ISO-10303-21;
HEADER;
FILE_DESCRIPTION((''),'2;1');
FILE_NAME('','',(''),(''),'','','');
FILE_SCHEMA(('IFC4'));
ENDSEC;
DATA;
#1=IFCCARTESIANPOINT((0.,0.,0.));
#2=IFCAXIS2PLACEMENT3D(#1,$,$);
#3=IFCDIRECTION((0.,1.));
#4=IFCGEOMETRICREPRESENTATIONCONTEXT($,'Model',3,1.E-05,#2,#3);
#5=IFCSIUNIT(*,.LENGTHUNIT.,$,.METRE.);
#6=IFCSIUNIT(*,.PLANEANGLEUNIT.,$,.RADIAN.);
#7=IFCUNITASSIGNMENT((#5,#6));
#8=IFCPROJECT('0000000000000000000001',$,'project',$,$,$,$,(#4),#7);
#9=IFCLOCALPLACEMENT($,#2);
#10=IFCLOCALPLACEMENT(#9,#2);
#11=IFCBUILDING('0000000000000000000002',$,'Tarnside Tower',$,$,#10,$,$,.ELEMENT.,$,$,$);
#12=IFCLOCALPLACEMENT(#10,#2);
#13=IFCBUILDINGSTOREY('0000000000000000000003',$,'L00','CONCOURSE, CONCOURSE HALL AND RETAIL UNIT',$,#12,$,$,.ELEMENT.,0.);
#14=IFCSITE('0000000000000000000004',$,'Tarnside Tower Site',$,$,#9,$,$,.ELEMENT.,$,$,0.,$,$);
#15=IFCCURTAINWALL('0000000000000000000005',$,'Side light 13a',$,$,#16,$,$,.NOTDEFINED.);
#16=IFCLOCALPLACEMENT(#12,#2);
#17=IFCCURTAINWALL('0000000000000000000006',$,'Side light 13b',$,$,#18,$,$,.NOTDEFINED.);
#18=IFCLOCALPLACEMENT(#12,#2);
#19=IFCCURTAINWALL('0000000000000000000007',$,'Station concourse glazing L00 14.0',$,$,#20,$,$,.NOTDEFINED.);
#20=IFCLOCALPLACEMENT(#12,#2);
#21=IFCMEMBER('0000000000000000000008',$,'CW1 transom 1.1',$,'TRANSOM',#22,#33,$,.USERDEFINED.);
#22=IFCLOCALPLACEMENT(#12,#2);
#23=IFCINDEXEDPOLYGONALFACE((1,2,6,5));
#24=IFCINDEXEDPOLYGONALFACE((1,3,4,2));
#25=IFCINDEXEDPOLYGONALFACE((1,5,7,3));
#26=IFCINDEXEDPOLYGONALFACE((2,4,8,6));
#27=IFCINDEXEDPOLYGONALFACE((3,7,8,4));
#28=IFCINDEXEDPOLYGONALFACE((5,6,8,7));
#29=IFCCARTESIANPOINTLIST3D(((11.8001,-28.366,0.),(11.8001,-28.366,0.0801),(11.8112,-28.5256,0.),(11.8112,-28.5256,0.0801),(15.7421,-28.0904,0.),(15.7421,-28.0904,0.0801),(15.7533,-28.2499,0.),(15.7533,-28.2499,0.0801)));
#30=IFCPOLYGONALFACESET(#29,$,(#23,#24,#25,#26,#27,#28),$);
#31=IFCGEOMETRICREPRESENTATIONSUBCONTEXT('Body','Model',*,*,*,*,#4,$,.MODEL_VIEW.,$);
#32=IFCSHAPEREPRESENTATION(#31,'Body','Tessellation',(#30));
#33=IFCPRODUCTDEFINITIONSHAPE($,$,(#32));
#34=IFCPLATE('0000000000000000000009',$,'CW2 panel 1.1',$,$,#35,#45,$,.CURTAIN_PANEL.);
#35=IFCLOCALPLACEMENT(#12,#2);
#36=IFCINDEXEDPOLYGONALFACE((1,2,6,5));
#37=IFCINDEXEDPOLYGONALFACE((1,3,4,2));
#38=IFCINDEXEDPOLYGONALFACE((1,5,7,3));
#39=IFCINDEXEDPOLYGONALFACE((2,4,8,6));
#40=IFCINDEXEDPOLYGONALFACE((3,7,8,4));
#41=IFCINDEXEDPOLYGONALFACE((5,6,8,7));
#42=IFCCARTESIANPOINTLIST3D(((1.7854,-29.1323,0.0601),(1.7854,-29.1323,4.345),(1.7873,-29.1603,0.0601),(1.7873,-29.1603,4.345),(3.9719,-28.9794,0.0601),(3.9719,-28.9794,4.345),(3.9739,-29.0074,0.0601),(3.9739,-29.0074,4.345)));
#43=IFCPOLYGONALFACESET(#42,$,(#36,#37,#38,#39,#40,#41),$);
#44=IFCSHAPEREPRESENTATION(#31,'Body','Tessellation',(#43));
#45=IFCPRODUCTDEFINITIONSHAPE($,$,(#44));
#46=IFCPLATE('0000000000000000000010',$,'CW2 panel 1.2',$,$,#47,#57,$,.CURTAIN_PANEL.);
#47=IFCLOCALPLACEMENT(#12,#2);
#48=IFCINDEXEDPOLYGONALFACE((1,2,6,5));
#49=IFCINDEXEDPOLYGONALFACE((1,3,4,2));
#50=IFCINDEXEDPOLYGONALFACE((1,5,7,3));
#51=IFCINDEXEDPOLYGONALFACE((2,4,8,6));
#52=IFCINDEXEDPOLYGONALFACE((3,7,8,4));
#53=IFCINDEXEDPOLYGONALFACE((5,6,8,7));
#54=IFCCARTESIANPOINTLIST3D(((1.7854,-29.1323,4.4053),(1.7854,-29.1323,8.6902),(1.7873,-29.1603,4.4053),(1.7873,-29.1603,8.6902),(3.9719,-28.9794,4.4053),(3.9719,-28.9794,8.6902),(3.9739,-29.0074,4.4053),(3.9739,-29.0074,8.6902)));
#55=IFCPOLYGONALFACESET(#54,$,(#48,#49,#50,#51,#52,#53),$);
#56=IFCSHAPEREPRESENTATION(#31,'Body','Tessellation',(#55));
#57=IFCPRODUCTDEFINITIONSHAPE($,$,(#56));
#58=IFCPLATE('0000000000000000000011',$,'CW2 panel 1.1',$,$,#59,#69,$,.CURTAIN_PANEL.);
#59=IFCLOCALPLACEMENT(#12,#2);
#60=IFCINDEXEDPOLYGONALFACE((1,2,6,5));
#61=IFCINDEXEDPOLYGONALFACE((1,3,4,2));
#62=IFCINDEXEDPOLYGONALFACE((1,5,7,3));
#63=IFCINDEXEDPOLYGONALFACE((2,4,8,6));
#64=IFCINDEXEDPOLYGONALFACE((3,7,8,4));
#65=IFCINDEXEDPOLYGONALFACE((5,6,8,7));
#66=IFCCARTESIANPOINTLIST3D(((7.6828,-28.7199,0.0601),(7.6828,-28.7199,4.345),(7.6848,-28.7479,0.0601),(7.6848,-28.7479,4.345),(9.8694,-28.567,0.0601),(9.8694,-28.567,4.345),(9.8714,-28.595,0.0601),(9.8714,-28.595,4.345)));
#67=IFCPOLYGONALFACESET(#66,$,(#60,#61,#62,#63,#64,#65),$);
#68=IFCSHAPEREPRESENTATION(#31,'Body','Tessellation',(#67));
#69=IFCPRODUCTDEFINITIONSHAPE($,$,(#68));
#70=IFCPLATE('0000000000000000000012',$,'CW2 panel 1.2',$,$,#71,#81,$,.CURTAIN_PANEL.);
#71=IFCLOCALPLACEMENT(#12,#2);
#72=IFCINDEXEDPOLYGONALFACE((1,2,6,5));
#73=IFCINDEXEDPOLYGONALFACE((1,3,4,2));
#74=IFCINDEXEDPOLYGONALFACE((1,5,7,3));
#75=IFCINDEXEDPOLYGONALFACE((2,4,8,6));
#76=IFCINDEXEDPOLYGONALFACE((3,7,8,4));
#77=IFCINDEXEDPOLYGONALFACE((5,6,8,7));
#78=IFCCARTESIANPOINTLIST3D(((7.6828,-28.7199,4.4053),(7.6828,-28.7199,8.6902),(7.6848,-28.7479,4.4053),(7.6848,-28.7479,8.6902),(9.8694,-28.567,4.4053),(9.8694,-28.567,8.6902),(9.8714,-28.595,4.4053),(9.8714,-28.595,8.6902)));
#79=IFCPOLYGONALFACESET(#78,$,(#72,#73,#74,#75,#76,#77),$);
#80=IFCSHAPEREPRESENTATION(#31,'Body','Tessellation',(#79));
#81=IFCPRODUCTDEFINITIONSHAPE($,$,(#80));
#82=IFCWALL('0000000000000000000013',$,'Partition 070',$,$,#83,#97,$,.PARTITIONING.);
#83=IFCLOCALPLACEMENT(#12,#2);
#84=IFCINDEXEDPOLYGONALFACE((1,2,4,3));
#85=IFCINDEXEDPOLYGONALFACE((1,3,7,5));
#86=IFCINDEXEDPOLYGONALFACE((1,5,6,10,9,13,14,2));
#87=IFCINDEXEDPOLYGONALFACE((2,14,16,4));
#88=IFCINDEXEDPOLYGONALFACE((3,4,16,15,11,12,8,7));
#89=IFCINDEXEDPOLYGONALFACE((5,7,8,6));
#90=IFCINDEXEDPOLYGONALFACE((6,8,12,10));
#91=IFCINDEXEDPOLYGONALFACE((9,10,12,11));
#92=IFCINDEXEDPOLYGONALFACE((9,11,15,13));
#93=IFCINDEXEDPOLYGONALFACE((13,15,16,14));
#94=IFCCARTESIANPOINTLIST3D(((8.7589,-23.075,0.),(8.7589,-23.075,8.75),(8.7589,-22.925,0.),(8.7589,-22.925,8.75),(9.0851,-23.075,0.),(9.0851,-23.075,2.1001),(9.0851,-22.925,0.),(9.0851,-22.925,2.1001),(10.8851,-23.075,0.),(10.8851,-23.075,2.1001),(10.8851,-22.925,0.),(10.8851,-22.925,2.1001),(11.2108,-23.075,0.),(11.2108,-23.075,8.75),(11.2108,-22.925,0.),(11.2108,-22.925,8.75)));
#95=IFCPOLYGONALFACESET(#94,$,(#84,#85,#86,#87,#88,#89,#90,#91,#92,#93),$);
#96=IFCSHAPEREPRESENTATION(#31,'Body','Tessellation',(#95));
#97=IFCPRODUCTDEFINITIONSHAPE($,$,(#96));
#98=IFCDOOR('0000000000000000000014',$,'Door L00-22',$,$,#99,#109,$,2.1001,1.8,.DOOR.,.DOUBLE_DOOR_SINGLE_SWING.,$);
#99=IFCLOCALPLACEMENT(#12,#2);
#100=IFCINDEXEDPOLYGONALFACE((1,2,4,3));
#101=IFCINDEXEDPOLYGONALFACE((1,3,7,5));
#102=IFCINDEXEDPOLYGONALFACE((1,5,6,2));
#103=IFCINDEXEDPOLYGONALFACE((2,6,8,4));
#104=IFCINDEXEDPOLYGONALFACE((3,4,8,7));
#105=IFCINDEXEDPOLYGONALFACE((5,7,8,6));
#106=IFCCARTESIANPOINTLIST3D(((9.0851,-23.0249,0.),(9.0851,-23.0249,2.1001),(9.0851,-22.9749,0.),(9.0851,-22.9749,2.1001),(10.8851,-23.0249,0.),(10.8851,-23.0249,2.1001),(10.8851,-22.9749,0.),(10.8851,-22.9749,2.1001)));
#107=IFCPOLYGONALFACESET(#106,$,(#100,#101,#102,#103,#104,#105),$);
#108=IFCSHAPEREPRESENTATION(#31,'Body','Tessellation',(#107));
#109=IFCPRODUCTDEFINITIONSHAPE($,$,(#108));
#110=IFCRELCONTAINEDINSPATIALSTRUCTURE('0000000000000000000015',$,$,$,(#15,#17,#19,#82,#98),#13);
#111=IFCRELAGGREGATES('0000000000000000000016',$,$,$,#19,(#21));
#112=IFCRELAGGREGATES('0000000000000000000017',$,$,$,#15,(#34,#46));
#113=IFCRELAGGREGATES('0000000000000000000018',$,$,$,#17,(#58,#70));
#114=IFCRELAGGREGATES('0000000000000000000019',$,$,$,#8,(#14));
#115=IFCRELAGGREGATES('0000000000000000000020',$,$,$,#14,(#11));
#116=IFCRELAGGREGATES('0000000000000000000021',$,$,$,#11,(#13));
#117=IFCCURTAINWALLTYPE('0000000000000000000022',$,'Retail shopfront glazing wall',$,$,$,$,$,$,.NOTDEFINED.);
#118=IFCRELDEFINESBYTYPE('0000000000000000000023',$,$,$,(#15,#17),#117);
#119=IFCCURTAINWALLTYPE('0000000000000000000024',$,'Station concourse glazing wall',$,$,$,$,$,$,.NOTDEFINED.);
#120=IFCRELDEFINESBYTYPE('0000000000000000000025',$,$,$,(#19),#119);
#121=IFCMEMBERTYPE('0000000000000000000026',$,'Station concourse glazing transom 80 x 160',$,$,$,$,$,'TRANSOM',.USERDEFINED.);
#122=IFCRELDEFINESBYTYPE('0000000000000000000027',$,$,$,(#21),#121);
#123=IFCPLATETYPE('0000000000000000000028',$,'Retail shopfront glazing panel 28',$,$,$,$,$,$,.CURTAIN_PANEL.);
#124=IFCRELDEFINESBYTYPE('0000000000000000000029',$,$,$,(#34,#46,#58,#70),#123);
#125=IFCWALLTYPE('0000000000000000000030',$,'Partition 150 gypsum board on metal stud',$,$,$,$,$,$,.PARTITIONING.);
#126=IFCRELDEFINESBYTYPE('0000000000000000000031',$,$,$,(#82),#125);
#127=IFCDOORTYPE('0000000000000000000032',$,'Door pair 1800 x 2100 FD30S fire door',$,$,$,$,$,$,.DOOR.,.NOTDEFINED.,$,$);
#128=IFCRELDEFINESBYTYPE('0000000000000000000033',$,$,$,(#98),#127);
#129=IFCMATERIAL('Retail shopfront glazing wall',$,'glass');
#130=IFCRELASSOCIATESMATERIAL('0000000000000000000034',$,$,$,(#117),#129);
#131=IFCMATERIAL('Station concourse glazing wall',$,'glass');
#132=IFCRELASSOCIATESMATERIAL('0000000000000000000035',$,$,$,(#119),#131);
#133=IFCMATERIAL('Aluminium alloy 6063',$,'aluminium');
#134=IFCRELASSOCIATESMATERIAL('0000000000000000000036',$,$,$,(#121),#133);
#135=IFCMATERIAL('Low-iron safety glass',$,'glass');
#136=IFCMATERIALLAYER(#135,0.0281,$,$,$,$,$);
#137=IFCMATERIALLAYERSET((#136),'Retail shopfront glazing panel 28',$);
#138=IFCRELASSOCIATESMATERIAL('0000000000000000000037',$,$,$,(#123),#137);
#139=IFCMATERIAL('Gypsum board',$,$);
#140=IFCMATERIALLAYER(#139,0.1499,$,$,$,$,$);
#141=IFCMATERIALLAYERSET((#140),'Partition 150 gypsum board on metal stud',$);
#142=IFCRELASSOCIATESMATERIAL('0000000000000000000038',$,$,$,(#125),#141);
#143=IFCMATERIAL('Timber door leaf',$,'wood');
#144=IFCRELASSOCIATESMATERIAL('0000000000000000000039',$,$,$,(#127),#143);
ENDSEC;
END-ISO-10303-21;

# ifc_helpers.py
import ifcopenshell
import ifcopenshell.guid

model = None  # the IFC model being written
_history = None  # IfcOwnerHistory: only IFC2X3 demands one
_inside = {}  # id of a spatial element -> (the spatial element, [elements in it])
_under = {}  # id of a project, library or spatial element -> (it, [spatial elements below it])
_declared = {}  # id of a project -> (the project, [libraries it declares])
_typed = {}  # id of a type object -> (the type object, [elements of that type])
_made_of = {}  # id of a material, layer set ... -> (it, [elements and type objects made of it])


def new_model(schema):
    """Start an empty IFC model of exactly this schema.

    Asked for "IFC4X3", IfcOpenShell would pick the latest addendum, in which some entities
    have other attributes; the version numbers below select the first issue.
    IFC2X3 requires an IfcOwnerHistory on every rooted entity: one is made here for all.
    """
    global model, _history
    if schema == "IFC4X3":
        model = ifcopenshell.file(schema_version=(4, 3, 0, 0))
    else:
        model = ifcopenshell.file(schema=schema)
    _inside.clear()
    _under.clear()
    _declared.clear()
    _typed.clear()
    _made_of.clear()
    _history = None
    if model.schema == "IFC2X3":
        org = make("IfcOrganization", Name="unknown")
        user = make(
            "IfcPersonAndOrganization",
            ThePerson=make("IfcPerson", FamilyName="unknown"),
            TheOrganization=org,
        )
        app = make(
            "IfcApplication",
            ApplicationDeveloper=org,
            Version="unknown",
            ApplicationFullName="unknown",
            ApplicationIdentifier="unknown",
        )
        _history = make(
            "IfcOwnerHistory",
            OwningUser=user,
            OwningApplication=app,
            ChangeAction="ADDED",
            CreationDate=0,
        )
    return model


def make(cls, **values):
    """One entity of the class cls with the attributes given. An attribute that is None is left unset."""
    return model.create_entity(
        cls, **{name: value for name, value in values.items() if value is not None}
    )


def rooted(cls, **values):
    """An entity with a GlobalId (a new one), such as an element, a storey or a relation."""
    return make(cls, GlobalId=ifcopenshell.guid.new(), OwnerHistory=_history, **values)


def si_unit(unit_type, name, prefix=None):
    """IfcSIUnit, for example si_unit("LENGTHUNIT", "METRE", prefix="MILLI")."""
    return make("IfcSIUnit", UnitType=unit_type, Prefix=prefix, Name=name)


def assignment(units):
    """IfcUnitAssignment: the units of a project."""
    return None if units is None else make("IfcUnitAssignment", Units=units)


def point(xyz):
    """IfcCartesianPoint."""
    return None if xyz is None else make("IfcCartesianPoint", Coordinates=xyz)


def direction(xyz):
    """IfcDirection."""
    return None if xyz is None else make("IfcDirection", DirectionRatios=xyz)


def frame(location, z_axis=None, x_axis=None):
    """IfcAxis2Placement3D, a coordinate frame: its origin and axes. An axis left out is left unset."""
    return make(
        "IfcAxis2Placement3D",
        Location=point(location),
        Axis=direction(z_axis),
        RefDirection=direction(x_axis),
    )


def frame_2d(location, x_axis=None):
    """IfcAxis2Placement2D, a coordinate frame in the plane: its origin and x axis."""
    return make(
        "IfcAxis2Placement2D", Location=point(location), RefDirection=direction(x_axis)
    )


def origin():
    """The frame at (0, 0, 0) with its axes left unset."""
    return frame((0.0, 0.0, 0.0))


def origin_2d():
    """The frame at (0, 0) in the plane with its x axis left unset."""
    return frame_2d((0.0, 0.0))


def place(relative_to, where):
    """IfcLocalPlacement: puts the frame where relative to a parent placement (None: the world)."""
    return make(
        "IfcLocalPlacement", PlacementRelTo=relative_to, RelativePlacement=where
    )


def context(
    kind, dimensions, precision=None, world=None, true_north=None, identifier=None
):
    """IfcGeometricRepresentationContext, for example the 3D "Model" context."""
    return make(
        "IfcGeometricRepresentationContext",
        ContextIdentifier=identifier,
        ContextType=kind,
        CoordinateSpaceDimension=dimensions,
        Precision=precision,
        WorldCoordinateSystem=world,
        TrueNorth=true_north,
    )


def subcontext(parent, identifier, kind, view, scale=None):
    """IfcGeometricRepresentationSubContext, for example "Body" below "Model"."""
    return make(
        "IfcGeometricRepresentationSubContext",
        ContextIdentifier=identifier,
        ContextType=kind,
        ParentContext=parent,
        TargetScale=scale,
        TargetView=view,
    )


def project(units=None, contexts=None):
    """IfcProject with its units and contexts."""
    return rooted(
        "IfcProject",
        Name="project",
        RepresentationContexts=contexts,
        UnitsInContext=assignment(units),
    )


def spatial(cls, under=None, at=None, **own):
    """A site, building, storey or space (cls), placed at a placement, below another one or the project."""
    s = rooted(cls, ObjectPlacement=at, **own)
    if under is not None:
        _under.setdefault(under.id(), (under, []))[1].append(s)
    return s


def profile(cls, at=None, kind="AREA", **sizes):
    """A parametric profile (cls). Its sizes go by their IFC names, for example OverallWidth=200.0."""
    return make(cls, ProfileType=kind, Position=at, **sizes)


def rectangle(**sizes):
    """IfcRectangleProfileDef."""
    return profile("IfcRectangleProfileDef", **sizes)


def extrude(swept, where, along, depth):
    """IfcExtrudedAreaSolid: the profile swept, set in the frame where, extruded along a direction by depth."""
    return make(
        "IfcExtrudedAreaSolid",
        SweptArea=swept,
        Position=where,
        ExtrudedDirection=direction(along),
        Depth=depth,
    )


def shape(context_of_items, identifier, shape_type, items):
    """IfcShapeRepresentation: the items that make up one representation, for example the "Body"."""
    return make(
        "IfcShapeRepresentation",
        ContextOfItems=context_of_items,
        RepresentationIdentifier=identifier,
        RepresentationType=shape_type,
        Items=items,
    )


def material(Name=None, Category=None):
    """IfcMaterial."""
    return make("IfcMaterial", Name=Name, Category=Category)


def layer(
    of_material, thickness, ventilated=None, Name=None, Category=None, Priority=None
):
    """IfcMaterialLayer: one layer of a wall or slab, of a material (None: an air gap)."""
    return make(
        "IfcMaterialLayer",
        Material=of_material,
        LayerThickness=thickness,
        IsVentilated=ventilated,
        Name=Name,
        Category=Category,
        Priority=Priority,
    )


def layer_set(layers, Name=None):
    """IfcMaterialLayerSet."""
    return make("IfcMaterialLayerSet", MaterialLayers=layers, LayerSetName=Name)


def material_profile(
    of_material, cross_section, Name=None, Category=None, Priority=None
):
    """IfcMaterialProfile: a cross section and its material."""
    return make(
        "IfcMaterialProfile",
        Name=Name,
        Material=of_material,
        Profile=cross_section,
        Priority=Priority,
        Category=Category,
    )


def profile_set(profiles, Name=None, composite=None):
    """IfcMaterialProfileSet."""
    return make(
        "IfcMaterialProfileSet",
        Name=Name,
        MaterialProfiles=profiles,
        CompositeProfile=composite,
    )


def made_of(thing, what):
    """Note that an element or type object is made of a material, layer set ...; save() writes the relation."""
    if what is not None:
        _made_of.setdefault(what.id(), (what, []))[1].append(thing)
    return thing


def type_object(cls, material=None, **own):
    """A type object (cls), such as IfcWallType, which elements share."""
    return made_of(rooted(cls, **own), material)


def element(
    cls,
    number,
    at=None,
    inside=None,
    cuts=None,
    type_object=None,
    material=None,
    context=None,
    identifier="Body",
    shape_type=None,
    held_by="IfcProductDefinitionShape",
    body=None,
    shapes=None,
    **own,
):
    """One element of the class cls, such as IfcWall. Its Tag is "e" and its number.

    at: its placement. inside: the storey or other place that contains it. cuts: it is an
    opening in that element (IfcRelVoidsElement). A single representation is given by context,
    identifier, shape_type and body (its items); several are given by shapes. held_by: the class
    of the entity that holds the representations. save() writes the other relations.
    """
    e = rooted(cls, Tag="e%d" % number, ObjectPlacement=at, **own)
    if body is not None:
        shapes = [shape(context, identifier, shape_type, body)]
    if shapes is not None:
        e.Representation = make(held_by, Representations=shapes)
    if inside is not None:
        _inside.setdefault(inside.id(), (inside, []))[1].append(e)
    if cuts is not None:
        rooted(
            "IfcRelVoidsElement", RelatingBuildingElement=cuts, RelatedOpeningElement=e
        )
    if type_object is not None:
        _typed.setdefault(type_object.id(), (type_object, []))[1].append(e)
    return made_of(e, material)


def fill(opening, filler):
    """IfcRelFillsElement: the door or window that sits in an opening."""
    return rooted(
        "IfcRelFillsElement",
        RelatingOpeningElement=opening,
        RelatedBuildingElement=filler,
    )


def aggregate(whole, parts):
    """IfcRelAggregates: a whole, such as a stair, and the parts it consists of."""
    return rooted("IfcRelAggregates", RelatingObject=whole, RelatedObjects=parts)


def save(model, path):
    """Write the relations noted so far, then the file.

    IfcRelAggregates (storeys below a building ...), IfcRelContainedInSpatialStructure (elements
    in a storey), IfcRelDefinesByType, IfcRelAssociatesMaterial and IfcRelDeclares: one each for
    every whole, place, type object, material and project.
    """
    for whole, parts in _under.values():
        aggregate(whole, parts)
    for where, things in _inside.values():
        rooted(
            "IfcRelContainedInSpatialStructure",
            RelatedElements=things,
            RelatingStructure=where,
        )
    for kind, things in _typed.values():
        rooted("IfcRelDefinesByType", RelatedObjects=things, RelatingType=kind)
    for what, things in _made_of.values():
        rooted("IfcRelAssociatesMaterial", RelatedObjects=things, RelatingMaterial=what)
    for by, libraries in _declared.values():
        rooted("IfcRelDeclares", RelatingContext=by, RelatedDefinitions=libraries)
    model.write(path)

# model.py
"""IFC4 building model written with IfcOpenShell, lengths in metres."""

from ifc_helpers import new_model, si_unit, direction, frame, frame_2d, origin, origin_2d, place, context, subcontext, project, spatial, rectangle, extrude, material, layer, layer_set, material_profile, profile_set, type_object, element, fill, aggregate, save


model = new_model("IFC4")

# Units and contexts
model_context = context("Model", 3, precision=1e-05, world=origin(), true_north=direction((0.0, 1.0)))
body_context = subcontext(model_context, "Body", "Model", "MODEL_VIEW")
ifc_project = project(units=[si_unit("LENGTHUNIT", "METRE"), si_unit("PLANEANGLEUNIT", "RADIAN")], contexts=[model_context])

# Site, building, storey
site_placement = place(None, origin())
site = spatial("IfcSite", under=ifc_project, at=site_placement, Name="Tarnside Tower Site", CompositionType="ELEMENT", RefElevation=0.0)
building_placement = place(site_placement, origin())
building = spatial("IfcBuilding", under=site, at=building_placement, Name="Tarnside Tower", CompositionType="ELEMENT")
storey_placement = place(building_placement, origin())
storey = spatial("IfcBuildingStorey", under=building, at=storey_placement, Name="L00", Description="CONCOURSE, CONCOURSE HALL AND RETAIL UNIT", CompositionType="ELEMENT", Elevation=0.0)

# Curtain walls, member
ifc_material_1 = material(Name="Retail shopfront glazing wall", Category="glass")
curtain_wall_type_1 = type_object("IfcCurtainWallType", Name="Retail shopfront glazing wall", PredefinedType="NOTDEFINED", material=ifc_material_1)
curtain_wall_1_placement = place(storey_placement, origin())
curtain_wall_1 = element("IfcCurtainWall", 1, at=curtain_wall_1_placement, inside=storey, type_object=curtain_wall_type_1, Name="Side light 13a", PredefinedType="NOTDEFINED")
ifc_material_2 = material(Name="Aluminium alloy 6063", Category="aluminium")
curtain_wall_2_placement = place(storey_placement, origin())
curtain_wall_2 = element("IfcCurtainWall", 2, at=curtain_wall_2_placement, inside=storey, type_object=curtain_wall_type_1, Name="Side light 13b", PredefinedType="NOTDEFINED")
ifc_material_3 = material(Name="Station concourse glazing wall", Category="glass")
curtain_wall_type_2 = type_object("IfcCurtainWallType", Name="Station concourse glazing wall", PredefinedType="NOTDEFINED", material=ifc_material_3)
curtain_wall_3_placement = place(storey_placement, origin())
curtain_wall_3 = element("IfcCurtainWall", 3, at=curtain_wall_3_placement, inside=storey, type_object=curtain_wall_type_2, Name="Station concourse glazing L00 14.0", PredefinedType="NOTDEFINED")
ifc_material_profile_1 = material_profile(ifc_material_2, rectangle(XDim=0.1599, YDim=0.0801, at=origin_2d()), Name="Station concourse glazing transom 80 x 160")
ifc_profile_set_1 = profile_set([ifc_material_profile_1], Name="Aluminium alloy 6063")
member_type_1 = type_object("IfcMemberType", Name="Station concourse glazing transom 80 x 160", ElementType="TRANSOM", PredefinedType="USERDEFINED", material=ifc_profile_set_1)
member_1_placement = place(storey_placement, frame((11.8057, -28.4458, 0.04), z_axis=(0.997565, 0.06975, 0.0), x_axis=(-0.06975, 0.997565, 0.0)))
member_1 = element("IfcMember", 4, at=member_1_placement, type_object=member_type_1, Name="CW1 transom 1.1", ObjectType="TRANSOM", PredefinedType="USERDEFINED", context=body_context, shape_type="SweptSolid", body=[
    extrude(rectangle(XDim=0.1599, YDim=0.0801, at=origin_2d()), origin(), (0.0, 0.0, 1.0), 3.9517),
])
aggregate(curtain_wall_3, [member_1])

# Plates
ifc_material_4 = material(Name="Low-iron safety glass", Category="glass")
ifc_layer_1 = layer(ifc_material_4, 0.0281)
ifc_layer_set_1 = layer_set([ifc_layer_1], Name="Retail shopfront glazing panel 28")
plate_type = type_object("IfcPlateType", Name="Retail shopfront glazing panel 28", PredefinedType="CURTAIN_PANEL", material=ifc_layer_set_1)
plate_1_placement = place(storey_placement, frame((2.8796, -29.0698, 0.0601), z_axis=(0.0, 0.0, 1.0), x_axis=(0.997564, 0.069756, 0.0)))
plate_1 = element("IfcPlate", 5, at=plate_1_placement, type_object=plate_type, Name="CW2 panel 1.1", PredefinedType="CURTAIN_PANEL", context=body_context, shape_type="SweptSolid", body=[
    extrude(rectangle(XDim=2.1919, YDim=0.0281, at=origin_2d()), origin(), (0.0, 0.0, 1.0), 4.2849),
])
plate_2_placement = place(storey_placement, frame((2.8796, -29.0698, 4.4053), z_axis=(0.0, 0.0, 1.0), x_axis=(0.997564, 0.069756, 0.0)))
plate_2 = element("IfcPlate", 6, at=plate_2_placement, type_object=plate_type, Name="CW2 panel 1.2", PredefinedType="CURTAIN_PANEL", context=body_context, shape_type="SweptSolid", body=[
    extrude(rectangle(XDim=2.1919, YDim=0.0281, at=origin_2d()), origin(), (0.0, 0.0, 1.0), 4.2849),
])
aggregate(curtain_wall_1, [plate_1, plate_2])
plate_3_placement = place(storey_placement, frame((8.7771, -28.6575, 0.0601), z_axis=(0.0, 0.0, 1.0), x_axis=(0.997564, 0.069756, 0.0)))
plate_3 = element("IfcPlate", 7, at=plate_3_placement, type_object=plate_type, Name="CW2 panel 1.1", PredefinedType="CURTAIN_PANEL", context=body_context, shape_type="SweptSolid", body=[
    extrude(rectangle(XDim=2.1919, YDim=0.0281, at=origin_2d()), origin(), (0.0, 0.0, 1.0), 4.2849),
])
plate_4_placement = place(storey_placement, frame((8.7771, -28.6575, 4.4053), z_axis=(0.0, 0.0, 1.0), x_axis=(0.997564, 0.069756, 0.0)))
plate_4 = element("IfcPlate", 8, at=plate_4_placement, type_object=plate_type, Name="CW2 panel 1.2", PredefinedType="CURTAIN_PANEL", context=body_context, shape_type="SweptSolid", body=[
    extrude(rectangle(XDim=2.1919, YDim=0.0281, at=origin_2d()), origin(), (0.0, 0.0, 1.0), 4.2849),
])
aggregate(curtain_wall_2, [plate_3, plate_4])

# Wall, opening, door
ifc_material_5 = material(Name="Gypsum board")
ifc_layer_2 = layer(ifc_material_5, 0.1499)
ifc_layer_set_2 = layer_set([ifc_layer_2], Name="Partition 150 gypsum board on metal stud")
wall_type = type_object("IfcWallType", Name="Partition 150 gypsum board on metal stud", PredefinedType="PARTITIONING", material=ifc_layer_set_2)
wall_placement = place(storey_placement, frame((11.2109, -23.0, 0.0), z_axis=(0.0, 0.0, 1.0), x_axis=(-1.0, 0.0, 0.0)))
wall = element("IfcWall", 9, at=wall_placement, inside=storey, type_object=wall_type, Name="Partition 070", PredefinedType="PARTITIONING", context=body_context, shape_type="SweptSolid", body=[
    extrude(rectangle(XDim=2.4519, YDim=0.1499, at=frame_2d((1.2261, 0.0))), origin(), (0.0, 0.0, 1.0), 8.75),
])
opening_placement = place(wall_placement, frame((0.3259, 0.0, 0.0)))
opening = element("IfcOpeningElement", 10, at=opening_placement, cuts=wall, PredefinedType="OPENING", context=body_context, shape_type="SweptSolid", body=[
    extrude(rectangle(XDim=1.8, YDim=2.1001, at=frame_2d((0.8999, 1.05))), frame((0.0, 0.085, 0.0), z_axis=(0.0, -1.0, 0.0), x_axis=(1.0, 0.0, 0.0)), (0.0, 0.0, 1.0), 0.1699),
])
ifc_material_6 = material(Name="Timber door leaf", Category="wood")
door_type = type_object("IfcDoorType", Name="Door pair 1800 x 2100 FD30S fire door", OperationType="NOTDEFINED", PredefinedType="DOOR", material=ifc_material_6)
door_placement = place(opening_placement, origin())
door = element("IfcDoor", 11, at=door_placement, inside=storey, type_object=door_type, Name="Door L00-22", OperationType="DOUBLE_DOOR_SINGLE_SWING", OverallHeight=2.1001, OverallWidth=1.8, PredefinedType="DOOR", context=body_context, shape_type="SweptSolid", body=[
    extrude(rectangle(XDim=1.8, YDim=2.1001, at=frame_2d((0.8999, 1.05))), frame((0.0, 0.0249, 0.0), z_axis=(0.0, -1.0, 0.0), x_axis=(1.0, 0.0, 0.0)), (0.0, 0.0, 1.0), 0.05),
])
fill(opening, door)

save(model, "model.ifc")
